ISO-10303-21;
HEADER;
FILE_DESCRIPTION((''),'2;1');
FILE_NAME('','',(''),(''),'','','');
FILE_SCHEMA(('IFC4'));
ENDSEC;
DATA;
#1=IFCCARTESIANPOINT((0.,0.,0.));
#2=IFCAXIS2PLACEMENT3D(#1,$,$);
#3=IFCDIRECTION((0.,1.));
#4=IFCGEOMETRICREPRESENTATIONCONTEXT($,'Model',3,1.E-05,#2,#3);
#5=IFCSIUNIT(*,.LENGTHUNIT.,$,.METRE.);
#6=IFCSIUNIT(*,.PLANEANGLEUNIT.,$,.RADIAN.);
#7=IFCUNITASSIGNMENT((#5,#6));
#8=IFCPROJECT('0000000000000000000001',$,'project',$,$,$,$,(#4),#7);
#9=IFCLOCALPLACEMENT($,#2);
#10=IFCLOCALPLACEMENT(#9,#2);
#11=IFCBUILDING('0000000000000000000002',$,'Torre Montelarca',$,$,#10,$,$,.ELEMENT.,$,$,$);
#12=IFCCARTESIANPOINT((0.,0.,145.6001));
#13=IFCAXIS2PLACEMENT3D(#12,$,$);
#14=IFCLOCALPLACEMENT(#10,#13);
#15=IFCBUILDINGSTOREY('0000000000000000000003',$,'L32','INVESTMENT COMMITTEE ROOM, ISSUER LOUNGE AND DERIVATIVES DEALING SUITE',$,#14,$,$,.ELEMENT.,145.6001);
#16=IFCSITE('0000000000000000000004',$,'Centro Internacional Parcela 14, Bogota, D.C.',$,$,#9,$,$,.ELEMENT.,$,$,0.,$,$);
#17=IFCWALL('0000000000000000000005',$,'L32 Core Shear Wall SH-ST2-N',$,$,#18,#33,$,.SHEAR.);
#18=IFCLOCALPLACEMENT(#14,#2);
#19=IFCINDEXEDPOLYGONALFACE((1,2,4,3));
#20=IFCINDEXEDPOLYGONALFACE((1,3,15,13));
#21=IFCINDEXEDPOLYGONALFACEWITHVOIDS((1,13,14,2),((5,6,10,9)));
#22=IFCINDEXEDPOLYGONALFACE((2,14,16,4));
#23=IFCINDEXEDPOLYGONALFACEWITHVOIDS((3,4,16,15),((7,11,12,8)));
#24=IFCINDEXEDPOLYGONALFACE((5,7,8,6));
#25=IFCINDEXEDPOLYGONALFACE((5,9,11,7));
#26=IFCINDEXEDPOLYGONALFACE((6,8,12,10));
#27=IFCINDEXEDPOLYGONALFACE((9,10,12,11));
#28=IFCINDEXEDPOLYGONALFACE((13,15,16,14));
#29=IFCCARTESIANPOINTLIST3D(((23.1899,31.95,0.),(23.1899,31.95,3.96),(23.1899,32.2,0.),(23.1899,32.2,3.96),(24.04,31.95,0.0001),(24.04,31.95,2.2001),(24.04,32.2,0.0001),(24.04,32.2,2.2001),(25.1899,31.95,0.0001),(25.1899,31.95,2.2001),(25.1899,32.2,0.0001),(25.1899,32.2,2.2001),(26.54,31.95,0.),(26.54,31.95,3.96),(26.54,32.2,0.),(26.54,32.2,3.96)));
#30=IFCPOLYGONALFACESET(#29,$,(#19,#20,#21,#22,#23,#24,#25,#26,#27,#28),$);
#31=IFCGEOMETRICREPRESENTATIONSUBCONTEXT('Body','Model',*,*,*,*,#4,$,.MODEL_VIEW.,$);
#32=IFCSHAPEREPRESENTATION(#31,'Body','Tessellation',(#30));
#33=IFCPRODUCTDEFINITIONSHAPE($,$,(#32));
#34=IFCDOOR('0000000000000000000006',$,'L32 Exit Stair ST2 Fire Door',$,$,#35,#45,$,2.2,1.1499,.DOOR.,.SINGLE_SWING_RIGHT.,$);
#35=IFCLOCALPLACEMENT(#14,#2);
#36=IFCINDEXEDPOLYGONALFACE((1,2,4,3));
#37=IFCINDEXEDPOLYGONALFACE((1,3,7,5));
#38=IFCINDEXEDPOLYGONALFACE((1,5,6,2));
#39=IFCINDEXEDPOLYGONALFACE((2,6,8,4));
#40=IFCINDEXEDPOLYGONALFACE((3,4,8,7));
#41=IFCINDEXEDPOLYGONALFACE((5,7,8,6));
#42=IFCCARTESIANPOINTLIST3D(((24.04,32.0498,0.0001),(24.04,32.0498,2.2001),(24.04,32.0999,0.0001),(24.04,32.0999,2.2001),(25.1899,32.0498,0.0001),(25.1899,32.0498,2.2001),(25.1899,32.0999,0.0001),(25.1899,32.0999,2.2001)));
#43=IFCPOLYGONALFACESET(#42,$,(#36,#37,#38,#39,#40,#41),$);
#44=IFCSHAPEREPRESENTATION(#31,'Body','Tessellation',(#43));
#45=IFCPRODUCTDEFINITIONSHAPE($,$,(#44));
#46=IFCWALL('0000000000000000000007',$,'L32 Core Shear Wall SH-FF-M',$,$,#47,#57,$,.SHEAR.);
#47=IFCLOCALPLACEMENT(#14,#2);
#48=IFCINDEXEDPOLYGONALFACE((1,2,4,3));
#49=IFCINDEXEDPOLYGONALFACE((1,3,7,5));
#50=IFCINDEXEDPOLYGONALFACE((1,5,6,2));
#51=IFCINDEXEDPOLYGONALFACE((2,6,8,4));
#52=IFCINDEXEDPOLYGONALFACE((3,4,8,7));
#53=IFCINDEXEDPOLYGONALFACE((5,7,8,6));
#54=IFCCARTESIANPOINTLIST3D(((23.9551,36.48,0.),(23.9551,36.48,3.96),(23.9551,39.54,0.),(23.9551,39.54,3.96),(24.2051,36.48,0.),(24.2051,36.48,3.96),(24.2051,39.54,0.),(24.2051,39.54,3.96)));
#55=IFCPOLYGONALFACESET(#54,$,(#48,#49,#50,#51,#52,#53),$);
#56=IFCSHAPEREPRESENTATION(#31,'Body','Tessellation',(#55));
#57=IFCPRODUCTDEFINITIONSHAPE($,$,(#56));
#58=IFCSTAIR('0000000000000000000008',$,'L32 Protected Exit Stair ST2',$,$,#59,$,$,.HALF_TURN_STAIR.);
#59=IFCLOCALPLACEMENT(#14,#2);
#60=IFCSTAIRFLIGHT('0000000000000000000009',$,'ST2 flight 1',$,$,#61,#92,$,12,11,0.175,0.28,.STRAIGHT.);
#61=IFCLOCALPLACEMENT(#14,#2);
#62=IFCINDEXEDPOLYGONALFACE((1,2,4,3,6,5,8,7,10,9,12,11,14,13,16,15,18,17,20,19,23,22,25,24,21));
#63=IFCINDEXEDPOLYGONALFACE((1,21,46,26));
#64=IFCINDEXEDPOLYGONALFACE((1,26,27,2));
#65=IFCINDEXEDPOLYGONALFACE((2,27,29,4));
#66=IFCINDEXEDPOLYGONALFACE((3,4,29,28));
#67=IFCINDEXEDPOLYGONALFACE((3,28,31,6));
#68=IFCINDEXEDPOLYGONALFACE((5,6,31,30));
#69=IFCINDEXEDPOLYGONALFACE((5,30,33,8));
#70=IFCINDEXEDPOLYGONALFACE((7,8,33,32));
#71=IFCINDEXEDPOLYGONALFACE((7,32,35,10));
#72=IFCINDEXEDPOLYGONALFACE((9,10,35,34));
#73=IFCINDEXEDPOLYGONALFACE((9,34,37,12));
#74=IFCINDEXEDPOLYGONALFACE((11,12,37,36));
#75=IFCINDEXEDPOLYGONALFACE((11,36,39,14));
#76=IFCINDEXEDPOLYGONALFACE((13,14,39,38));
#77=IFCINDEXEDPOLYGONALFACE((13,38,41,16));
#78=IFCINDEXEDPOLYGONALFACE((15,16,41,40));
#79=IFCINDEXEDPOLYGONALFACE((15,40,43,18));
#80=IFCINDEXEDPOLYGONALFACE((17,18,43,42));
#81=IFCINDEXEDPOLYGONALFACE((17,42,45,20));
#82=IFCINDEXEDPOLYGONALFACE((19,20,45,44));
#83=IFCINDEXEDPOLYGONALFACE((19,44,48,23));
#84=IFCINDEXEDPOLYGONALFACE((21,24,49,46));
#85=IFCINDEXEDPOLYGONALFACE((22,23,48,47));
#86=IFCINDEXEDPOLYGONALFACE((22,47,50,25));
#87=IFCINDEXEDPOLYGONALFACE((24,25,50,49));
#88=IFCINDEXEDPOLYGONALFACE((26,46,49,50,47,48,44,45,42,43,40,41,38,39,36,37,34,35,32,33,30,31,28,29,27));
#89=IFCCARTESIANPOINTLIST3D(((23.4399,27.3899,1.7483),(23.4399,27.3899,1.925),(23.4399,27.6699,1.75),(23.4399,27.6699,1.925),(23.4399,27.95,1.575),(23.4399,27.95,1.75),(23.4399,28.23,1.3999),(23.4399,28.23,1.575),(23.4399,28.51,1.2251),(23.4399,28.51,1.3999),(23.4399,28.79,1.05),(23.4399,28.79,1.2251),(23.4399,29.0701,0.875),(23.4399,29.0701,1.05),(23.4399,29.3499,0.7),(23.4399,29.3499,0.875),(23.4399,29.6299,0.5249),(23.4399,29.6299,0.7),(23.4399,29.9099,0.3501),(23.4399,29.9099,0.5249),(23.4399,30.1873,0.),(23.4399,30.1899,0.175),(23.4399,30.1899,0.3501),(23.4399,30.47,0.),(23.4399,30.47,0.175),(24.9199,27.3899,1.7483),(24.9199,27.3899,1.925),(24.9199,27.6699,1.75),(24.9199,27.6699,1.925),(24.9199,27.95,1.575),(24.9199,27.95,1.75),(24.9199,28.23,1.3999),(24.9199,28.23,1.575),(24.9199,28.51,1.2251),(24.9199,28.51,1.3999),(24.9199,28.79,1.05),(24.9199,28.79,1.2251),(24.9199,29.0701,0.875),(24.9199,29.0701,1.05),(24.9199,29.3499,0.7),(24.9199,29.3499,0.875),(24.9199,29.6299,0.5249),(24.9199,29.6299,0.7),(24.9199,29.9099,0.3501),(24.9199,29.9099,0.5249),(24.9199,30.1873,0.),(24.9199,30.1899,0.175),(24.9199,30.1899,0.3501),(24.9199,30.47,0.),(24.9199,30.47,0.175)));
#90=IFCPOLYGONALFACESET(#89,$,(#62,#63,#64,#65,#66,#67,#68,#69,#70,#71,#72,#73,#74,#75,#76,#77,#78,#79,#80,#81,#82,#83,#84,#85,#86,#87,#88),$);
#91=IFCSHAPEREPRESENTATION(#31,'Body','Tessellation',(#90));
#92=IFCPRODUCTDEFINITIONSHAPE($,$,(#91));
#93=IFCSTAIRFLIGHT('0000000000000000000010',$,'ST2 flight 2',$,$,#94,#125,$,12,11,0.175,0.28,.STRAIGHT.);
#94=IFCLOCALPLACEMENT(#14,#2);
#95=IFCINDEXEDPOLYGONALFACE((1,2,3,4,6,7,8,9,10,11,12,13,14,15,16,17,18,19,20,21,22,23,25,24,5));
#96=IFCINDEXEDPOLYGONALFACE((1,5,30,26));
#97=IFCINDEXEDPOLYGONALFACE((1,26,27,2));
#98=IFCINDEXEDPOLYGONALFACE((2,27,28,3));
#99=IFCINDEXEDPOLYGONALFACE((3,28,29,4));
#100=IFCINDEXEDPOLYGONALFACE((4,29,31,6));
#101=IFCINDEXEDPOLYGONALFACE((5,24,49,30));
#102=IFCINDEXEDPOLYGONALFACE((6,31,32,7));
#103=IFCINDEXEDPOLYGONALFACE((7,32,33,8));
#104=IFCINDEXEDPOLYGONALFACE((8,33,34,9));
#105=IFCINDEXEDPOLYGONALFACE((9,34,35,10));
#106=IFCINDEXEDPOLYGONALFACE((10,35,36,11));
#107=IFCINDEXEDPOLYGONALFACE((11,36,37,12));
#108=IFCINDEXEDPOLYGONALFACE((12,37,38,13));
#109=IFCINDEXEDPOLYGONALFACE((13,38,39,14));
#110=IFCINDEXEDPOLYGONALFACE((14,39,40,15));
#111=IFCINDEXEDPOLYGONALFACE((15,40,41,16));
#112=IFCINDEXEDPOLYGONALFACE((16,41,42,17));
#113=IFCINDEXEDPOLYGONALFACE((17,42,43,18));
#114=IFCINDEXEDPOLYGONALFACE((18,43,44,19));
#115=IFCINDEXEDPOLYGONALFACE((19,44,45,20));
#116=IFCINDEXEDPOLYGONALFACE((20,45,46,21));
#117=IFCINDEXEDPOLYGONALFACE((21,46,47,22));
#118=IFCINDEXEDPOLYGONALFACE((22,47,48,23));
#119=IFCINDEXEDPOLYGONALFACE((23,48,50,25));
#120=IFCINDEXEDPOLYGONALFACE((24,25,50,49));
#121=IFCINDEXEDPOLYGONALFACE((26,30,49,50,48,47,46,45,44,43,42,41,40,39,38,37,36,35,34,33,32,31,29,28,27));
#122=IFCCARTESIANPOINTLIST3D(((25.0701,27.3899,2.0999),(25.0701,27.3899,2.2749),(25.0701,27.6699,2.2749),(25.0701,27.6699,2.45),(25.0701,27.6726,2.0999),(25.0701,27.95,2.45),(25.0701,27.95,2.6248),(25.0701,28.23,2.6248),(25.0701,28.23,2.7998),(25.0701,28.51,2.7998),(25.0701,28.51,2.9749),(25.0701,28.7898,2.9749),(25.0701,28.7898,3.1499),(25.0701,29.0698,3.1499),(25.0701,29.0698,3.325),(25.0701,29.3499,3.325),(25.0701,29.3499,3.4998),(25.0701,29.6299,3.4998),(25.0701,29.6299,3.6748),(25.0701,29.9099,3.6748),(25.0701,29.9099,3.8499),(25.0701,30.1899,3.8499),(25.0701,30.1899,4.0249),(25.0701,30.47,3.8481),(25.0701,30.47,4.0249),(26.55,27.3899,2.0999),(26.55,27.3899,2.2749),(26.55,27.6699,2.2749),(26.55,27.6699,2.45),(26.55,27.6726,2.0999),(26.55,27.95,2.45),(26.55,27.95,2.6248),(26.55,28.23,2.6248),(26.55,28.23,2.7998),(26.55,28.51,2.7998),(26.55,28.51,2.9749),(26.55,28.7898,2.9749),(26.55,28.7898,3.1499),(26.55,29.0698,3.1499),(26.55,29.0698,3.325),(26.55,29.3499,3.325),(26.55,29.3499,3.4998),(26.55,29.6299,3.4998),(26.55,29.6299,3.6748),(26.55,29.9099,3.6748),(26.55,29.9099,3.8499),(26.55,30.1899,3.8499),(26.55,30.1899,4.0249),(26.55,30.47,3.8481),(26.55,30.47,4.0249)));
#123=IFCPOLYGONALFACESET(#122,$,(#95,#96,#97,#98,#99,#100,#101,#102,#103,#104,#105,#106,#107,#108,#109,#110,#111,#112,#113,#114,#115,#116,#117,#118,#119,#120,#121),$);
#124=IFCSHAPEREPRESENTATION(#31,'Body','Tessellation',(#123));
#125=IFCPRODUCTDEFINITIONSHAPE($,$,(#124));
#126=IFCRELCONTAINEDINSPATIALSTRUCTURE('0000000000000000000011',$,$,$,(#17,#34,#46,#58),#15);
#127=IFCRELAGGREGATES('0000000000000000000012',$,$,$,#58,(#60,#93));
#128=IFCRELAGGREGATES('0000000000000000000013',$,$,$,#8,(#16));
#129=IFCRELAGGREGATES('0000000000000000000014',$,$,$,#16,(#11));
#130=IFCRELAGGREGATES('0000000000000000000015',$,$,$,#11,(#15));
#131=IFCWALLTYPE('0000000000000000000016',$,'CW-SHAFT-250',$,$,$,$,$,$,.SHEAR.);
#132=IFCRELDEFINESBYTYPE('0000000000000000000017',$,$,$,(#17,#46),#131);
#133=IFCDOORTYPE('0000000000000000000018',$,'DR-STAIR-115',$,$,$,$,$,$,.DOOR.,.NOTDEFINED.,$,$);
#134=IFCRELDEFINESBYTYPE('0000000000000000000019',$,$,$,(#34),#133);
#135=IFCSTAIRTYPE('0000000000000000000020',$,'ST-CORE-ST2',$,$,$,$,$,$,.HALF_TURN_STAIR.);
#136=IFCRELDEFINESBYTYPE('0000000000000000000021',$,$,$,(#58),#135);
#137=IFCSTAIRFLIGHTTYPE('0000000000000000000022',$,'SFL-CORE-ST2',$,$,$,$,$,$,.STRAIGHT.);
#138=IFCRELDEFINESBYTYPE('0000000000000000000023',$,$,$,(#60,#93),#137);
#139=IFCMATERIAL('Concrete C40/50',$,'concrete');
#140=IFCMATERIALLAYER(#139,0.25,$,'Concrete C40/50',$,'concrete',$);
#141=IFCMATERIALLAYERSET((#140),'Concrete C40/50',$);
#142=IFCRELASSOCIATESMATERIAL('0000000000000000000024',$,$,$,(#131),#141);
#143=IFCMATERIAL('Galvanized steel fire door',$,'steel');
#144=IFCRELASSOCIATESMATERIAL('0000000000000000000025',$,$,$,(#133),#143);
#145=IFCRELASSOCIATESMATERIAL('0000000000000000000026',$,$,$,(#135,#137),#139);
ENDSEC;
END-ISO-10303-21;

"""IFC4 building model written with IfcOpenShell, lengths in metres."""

from ifc_helpers import new_model, si_unit, direction, frame, frame_2d, origin, place, context, subcontext, project, spatial, polyline, rectangle, outline, extrude, source, transform, mapped, material, layer, layer_set, type_object, element, fill, aggregate, save


model = new_model("IFC4")

# Units and contexts
model_context = context("Model", 3, precision=1e-05, world=origin(), true_north=direction((0.0, 1.0)))
body_context = subcontext(model_context, "Body", "Model", "MODEL_VIEW")
ifc_project = project(units=[si_unit("LENGTHUNIT", "METRE"), si_unit("PLANEANGLEUNIT", "RADIAN")], contexts=[model_context])

# Site, building, storey
site_placement = place(None, origin())
site = spatial("IfcSite", under=ifc_project, at=site_placement, Name="Centro Internacional Parcela 14, Bogota, D.C.", CompositionType="ELEMENT", RefElevation=0.0)
building_placement = place(site_placement, origin())
building = spatial("IfcBuilding", under=site, at=building_placement, Name="Torre Montelarca", CompositionType="ELEMENT")
storey_placement = place(building_placement, frame((0.0, 0.0, 145.6001)))
storey = spatial("IfcBuildingStorey", under=building, at=storey_placement, Name="L32", Description="INVESTMENT COMMITTEE ROOM, ISSUER LOUNGE AND DERIVATIVES DEALING SUITE", CompositionType="ELEMENT", Elevation=145.6001)

# Wall, opening, door
ifc_material_1 = material(Name="Concrete C40/50", Category="concrete")
ifc_layer_1 = layer(ifc_material_1, 0.25, Name="Concrete C40/50", Category="concrete")
ifc_layer_set_1 = layer_set([ifc_layer_1], Name="Concrete C40/50")
wall_type = type_object("IfcWallType", Name="CW-SHAFT-250", PredefinedType="SHEAR", material=ifc_layer_set_1)
wall_1_placement = place(storey_placement, frame((23.1899, 32.075, 0.0), z_axis=(0.0, 0.0, 1.0), x_axis=(1.0, 0.0, 0.0)))
wall_1 = element("IfcWall", 1, at=wall_1_placement, inside=storey, type_object=wall_type, Name="L32 Core Shear Wall SH-ST2-N", PredefinedType="SHEAR", context=body_context, shape_type="SweptSolid", body=[
    extrude(rectangle(XDim=3.3501, YDim=0.25, at=frame_2d((1.675, 0.0))), origin(), (0.0, 0.0, 1.0), 3.96),
])
opening_placement = place(wall_1_placement, frame((0.8501, 0.0, 0.0)))
opening = element("IfcOpeningElement", 2, at=opening_placement, cuts=wall_1, PredefinedType="OPENING", context=body_context, shape_type="SweptSolid", body=[
    extrude(rectangle(XDim=1.1499, YDim=2.2, at=frame_2d((0.575, 1.1001))), frame((0.0, 0.135, 0.0), z_axis=(0.0, -1.0, 0.0), x_axis=(1.0, 0.0, 0.0)), (0.0, 0.0, 1.0), 0.27),
])
ifc_material_2 = material(Name="Galvanized steel fire door", Category="steel")
door_type = type_object("IfcDoorType", Name="DR-STAIR-115", OperationType="NOTDEFINED", PredefinedType="DOOR", material=ifc_material_2)
shared_shape_1 = source(origin(), body_context, "Body", "SweptSolid", [
    extrude(rectangle(XDim=1.1499, YDim=2.2, at=frame_2d((0.575, 1.1001))), frame((0.0, 0.0249, 0.0), z_axis=(0.0, -1.0, 0.0), x_axis=(1.0, 0.0, 0.0)), (0.0, 0.0, 1.0), 0.05),
])
door_placement = place(opening_placement, origin())
door = element("IfcDoor", 3, at=door_placement, inside=storey, type_object=door_type, Name="L32 Exit Stair ST2 Fire Door", OperationType="SINGLE_SWING_RIGHT", OverallHeight=2.2, OverallWidth=1.1499, PredefinedType="DOOR", context=body_context, shape_type="MappedRepresentation", body=[
    mapped(shared_shape_1, transform((0.0, 0.0, 0.0), scale=1.0)),
])
fill(opening, door)

# Wall
wall_2_placement = place(storey_placement, frame((24.0801, 36.48, 0.0), z_axis=(0.0, 0.0, 1.0), x_axis=(0.0, 1.0, 0.0)))
element("IfcWall", 4, at=wall_2_placement, inside=storey, type_object=wall_type, Name="L32 Core Shear Wall SH-FF-M", PredefinedType="SHEAR", context=body_context, shape_type="SweptSolid", body=[
    extrude(rectangle(XDim=3.0601, YDim=0.25, at=frame_2d((1.53, 0.0))), origin(), (0.0, 0.0, 1.0), 3.96),
])

# Stair, stair flights
stair_type = type_object("IfcStairType", Name="ST-CORE-ST2", PredefinedType="HALF_TURN_STAIR", material=ifc_material_1)
stair_placement = place(storey_placement, origin())
stair = element("IfcStair", 5, at=stair_placement, inside=storey, type_object=stair_type, Name="L32 Protected Exit Stair ST2", PredefinedType="HALF_TURN_STAIR")
stair_flight_type = type_object("IfcStairFlightType", Name="SFL-CORE-ST2", PredefinedType="STRAIGHT", material=ifc_material_1)
stair_flight_1_placement = place(storey_placement, frame((24.1799, 30.47, 0.0), z_axis=(0.0, 0.0, 1.0), x_axis=(0.0, -1.0, 0.0)))
stair_flight_1 = element("IfcStairFlight", 6, at=stair_flight_1_placement, type_object=stair_flight_type, Name="ST2 flight 1", NumberOfRisers=12, NumberOfTreads=11, PredefinedType="STRAIGHT", RiserHeight=0.175, TreadLength=0.28, context=body_context, shape_type="SweptSolid", body=[
    extrude(outline(polyline([(0.0, 0.0), (0.0, 0.175), (0.28, 0.175), (0.28, 0.3501), (0.5601, 0.3501), (0.5601, 0.5249), (0.8401, 0.5249), (0.8401, 0.7), (1.1201, 0.7), (1.1201, 0.875), (1.3999, 0.875), (1.3999, 1.05), (1.6799, 1.05), (1.6799, 1.2251), (1.96, 1.2251), (1.96, 1.3999), (2.24, 1.3999), (2.24, 1.575), (2.52, 1.575), (2.52, 1.75), (2.8, 1.75), (2.8, 1.925), (3.0801, 1.925), (3.0801, 2.1001), (3.0801, 1.7483), (0.2827, 0.0), (0.0, 0.0)])), frame((0.0, 0.74, 0.0), z_axis=(0.0, -1.0, 0.0), x_axis=(1.0, 0.0, 0.0)), (0.0, 0.0, 1.0), 1.48),
])
stair_flight_2_placement = place(storey_placement, frame((25.8101, 27.3899, 2.0999), z_axis=(0.0, 0.0, 1.0), x_axis=(0.0, 1.0, 0.0)))
stair_flight_2 = element("IfcStairFlight", 7, at=stair_flight_2_placement, type_object=stair_flight_type, Name="ST2 flight 2", NumberOfRisers=12, NumberOfTreads=11, PredefinedType="STRAIGHT", RiserHeight=0.175, TreadLength=0.28, context=body_context, shape_type="SweptSolid", body=[
    extrude(outline(polyline([(0.0, 0.0), (0.0, 0.175), (0.28, 0.175), (0.28, 0.3501), (0.5601, 0.3501), (0.5601, 0.5249), (0.8401, 0.5249), (0.8401, 0.7), (1.1201, 0.7), (1.1201, 0.875), (1.3999, 0.875), (1.3999, 1.05), (1.6799, 1.05), (1.6799, 1.2251), (1.96, 1.2251), (1.96, 1.3999), (2.24, 1.3999), (2.24, 1.575), (2.52, 1.575), (2.52, 1.75), (2.8, 1.75), (2.8, 1.925), (3.0801, 1.925), (3.0801, 2.1001), (3.0801, 1.7483), (0.2827, 0.0), (0.0, 0.0)])), frame((0.0, 0.74, 0.0), z_axis=(0.0, -1.0, 0.0), x_axis=(1.0, 0.0, 0.0)), (0.0, 0.0, 1.0), 1.48),
])
aggregate(stair, [stair_flight_1, stair_flight_2])

save(model, "model.ifc")
